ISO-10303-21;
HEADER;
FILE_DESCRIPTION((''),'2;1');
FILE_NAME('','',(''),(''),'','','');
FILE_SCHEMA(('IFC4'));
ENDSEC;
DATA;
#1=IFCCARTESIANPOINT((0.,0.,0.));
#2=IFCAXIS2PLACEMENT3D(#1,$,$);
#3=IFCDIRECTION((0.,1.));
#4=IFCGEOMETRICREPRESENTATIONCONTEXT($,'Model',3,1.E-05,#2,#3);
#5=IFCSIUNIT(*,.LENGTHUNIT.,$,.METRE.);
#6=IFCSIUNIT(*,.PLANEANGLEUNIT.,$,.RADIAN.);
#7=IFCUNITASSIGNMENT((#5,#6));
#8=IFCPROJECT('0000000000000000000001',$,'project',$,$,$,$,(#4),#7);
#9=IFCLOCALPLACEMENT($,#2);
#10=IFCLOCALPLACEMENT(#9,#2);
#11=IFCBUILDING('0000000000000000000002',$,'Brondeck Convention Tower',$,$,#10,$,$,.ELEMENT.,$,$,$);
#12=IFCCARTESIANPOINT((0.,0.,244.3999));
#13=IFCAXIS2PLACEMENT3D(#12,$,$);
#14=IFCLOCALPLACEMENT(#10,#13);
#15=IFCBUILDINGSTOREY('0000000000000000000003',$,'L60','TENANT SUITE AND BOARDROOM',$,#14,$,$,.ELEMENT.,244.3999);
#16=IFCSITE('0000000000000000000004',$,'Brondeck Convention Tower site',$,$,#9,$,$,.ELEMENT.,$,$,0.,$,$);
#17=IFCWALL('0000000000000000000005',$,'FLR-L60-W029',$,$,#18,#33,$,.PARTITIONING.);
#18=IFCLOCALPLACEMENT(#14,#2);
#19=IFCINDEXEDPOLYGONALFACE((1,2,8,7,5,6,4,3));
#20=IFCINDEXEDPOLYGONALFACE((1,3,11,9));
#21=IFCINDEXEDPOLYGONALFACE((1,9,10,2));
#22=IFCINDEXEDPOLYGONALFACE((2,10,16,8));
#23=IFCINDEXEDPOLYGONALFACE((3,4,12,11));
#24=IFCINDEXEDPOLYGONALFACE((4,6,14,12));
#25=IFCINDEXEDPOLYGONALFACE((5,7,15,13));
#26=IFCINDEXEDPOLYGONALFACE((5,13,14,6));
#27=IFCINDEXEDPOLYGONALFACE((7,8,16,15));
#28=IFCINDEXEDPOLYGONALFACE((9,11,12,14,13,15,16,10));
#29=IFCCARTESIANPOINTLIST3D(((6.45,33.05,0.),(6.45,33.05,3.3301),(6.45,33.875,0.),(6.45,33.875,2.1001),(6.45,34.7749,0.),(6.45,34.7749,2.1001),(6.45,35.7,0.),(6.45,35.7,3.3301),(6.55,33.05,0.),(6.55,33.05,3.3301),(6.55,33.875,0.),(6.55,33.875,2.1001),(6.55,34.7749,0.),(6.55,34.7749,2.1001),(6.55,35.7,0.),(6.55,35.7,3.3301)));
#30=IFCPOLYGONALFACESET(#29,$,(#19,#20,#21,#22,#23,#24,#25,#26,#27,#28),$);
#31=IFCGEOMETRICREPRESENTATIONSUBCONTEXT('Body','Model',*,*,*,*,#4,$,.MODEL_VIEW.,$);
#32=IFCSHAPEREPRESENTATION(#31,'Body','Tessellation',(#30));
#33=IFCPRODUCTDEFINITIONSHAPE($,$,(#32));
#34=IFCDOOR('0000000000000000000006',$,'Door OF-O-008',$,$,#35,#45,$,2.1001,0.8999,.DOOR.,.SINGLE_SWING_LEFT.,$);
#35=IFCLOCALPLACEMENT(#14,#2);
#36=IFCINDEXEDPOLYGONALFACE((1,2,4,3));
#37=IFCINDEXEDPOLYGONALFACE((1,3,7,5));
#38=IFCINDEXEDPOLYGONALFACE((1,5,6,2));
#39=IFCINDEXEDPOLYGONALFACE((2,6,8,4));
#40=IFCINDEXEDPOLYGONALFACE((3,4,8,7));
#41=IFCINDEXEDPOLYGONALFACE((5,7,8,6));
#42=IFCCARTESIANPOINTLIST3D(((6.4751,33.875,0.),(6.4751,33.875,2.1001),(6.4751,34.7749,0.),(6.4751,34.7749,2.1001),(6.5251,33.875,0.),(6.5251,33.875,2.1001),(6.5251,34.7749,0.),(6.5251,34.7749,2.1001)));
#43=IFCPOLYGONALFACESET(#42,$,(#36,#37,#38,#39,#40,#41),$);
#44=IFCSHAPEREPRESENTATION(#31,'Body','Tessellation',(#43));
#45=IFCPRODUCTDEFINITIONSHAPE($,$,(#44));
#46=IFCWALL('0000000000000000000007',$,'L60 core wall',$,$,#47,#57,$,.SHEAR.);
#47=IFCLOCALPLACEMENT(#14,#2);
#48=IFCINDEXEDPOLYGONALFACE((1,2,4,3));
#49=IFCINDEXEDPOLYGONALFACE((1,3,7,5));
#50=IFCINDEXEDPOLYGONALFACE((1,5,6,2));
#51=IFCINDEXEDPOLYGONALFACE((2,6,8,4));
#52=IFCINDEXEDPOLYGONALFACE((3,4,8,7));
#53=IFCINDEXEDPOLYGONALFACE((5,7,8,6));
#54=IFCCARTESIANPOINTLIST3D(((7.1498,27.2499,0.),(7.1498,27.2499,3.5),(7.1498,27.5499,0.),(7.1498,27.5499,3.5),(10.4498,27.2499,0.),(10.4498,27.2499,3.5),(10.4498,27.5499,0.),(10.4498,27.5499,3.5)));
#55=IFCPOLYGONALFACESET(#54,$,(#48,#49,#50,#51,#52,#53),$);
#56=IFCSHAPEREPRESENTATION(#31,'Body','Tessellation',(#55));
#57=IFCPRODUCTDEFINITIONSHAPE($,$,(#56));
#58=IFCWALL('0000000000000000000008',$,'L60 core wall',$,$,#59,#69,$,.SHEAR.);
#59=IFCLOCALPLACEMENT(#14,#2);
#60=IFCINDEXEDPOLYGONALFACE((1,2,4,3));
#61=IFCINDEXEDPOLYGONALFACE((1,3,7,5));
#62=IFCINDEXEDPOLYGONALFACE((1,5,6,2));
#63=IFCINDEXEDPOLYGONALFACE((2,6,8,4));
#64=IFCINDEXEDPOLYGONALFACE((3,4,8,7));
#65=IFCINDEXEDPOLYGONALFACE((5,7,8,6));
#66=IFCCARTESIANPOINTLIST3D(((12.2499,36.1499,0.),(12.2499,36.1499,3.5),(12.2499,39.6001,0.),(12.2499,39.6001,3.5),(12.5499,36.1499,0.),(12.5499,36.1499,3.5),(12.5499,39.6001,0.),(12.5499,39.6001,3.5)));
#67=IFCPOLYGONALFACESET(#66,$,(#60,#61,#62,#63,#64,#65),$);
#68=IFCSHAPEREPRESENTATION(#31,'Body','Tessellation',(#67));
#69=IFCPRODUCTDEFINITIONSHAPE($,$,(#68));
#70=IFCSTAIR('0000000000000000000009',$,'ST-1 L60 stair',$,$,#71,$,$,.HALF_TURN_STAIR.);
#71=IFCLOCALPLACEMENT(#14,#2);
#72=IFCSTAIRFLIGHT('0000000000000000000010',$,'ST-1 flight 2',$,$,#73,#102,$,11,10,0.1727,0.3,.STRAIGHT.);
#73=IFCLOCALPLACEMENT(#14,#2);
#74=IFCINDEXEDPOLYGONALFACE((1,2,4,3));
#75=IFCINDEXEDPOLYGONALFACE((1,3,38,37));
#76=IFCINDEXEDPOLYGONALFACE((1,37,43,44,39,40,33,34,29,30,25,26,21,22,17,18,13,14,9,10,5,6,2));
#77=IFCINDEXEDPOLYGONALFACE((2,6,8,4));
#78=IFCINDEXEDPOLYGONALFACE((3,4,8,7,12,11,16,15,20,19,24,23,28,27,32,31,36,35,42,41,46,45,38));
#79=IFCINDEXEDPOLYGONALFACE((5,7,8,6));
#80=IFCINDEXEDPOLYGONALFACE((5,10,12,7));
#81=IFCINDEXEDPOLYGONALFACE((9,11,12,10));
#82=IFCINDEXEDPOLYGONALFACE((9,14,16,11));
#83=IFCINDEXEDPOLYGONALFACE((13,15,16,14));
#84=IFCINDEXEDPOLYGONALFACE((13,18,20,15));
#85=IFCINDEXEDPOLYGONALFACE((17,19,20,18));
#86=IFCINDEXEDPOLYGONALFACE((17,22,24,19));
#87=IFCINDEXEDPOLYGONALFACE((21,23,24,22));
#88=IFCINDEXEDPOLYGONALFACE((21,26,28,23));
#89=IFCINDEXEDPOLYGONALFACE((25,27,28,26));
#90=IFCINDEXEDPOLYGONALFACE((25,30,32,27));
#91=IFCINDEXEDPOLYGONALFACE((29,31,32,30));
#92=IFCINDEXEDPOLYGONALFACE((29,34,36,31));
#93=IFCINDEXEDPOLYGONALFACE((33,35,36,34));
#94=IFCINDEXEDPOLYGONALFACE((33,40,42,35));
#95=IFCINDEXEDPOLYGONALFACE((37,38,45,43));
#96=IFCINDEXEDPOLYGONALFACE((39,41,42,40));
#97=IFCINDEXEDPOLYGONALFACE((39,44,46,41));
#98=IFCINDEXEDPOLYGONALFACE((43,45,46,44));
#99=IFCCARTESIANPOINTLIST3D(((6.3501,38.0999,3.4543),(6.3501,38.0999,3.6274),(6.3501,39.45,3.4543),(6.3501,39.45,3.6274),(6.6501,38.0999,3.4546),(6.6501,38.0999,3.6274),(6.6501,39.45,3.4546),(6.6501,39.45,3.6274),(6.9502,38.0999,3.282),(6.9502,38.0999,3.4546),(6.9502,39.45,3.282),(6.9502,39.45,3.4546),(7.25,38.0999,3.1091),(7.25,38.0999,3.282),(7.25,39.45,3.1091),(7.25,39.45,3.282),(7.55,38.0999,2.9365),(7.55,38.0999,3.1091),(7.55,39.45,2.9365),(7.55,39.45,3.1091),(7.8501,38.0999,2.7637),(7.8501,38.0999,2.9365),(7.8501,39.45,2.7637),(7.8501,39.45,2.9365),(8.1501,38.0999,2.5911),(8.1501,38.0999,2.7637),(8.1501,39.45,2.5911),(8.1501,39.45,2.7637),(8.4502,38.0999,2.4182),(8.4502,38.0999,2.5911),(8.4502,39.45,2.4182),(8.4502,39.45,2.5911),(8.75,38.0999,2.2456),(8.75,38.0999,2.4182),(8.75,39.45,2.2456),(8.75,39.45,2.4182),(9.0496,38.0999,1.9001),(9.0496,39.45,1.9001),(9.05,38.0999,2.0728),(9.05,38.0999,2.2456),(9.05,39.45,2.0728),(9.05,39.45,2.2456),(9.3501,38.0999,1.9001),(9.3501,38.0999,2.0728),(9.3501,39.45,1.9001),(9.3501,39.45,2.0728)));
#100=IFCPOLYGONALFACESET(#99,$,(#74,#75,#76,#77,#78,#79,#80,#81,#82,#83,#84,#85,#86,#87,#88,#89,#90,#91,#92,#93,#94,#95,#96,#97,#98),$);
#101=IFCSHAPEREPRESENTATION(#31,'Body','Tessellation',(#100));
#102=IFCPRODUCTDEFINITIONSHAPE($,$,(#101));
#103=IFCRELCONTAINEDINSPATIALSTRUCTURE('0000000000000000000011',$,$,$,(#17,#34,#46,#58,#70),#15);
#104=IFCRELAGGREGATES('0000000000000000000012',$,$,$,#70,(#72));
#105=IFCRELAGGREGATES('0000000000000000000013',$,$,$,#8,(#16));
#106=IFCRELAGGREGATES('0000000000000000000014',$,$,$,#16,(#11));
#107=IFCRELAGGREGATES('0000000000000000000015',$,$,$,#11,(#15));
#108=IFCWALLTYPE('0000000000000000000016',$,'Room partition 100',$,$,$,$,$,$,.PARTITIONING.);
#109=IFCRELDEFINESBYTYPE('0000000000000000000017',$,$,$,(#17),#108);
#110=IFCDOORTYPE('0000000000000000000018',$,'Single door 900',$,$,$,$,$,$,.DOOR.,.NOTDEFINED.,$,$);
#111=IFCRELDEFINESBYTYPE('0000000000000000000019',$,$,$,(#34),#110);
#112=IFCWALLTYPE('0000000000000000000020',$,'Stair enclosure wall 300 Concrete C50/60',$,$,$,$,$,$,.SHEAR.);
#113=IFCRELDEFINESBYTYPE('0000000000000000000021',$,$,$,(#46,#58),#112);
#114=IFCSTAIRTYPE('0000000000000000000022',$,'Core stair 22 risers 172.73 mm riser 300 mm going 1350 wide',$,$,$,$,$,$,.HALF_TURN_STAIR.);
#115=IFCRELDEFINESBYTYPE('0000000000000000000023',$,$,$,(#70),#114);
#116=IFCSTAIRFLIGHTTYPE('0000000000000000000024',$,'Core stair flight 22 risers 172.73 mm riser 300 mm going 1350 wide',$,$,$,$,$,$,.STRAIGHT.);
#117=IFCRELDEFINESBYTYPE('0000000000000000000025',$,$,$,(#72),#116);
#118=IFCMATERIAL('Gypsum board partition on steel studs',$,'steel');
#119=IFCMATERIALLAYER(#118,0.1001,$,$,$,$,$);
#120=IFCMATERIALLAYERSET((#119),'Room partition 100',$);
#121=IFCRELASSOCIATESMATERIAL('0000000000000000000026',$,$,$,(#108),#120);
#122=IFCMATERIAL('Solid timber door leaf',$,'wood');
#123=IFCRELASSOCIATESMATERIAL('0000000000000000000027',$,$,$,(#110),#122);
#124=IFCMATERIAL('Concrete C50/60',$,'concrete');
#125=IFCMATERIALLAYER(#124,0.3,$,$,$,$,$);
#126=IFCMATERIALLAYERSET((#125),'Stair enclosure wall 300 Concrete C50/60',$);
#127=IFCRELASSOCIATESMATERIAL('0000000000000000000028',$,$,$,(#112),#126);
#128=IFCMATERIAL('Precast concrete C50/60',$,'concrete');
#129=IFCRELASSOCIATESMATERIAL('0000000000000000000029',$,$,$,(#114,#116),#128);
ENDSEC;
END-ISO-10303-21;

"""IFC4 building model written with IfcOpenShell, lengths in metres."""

from ifc_helpers import new_model, si_unit, direction, frame, frame_2d, origin, place, context, subcontext, project, spatial, polyline, rectangle, outline, extrude, material, layer, layer_set, type_object, element, fill, aggregate, save


model = new_model("IFC4")

# Units and contexts
model_context = context("Model", 3, precision=1e-05, world=origin(), true_north=direction((0.0, 1.0)))
body_context = subcontext(model_context, "Body", "Model", "MODEL_VIEW")
ifc_project = project(units=[si_unit("LENGTHUNIT", "METRE"), si_unit("PLANEANGLEUNIT", "RADIAN")], contexts=[model_context])

# Site, building, storey
site_placement = place(None, origin())
site = spatial("IfcSite", under=ifc_project, at=site_placement, Name="Brondeck Convention Tower site", CompositionType="ELEMENT", RefElevation=0.0)
building_placement = place(site_placement, origin())
building = spatial("IfcBuilding", under=site, at=building_placement, Name="Brondeck Convention Tower", CompositionType="ELEMENT")
storey_placement = place(building_placement, frame((0.0, 0.0, 244.3999)))
storey = spatial("IfcBuildingStorey", under=building, at=storey_placement, Name="L60", Description="TENANT SUITE AND BOARDROOM", CompositionType="ELEMENT", Elevation=244.3999)

# Shared definitions
ifc_material_1 = material(Name="Concrete C50/60", Category="concrete")

# Shared definitions
ifc_material_2 = material(Name="Gypsum board partition on steel studs", Category="steel")
ifc_layer_1 = layer(ifc_material_2, 0.1001)
ifc_layer_set_1 = layer_set([ifc_layer_1], Name="Room partition 100")
wall_type_1 = type_object("IfcWallType", Name="Room partition 100", PredefinedType="PARTITIONING", material=ifc_layer_set_1)

# Wall, opening, door
wall_1_placement = place(storey_placement, frame((6.5, 33.05, 0.0), z_axis=(0.0, 0.0, 1.0), x_axis=(0.0, 1.0, 0.0)))
wall_1 = element("IfcWall", 1, at=wall_1_placement, inside=storey, type_object=wall_type_1, Name="FLR-L60-W029", PredefinedType="PARTITIONING", context=body_context, shape_type="SweptSolid", body=[
    extrude(rectangle(XDim=2.6499, YDim=0.1001, at=frame_2d((1.325, 0.0))), origin(), (0.0, 0.0, 1.0), 3.3301),
])
opening_1_placement = place(wall_1_placement, frame((0.825, 0.0, 0.0)))
opening_1 = element("IfcOpeningElement", 2, at=opening_1_placement, cuts=wall_1, PredefinedType="OPENING", context=body_context, shape_type="SweptSolid", body=[
    extrude(rectangle(XDim=0.8999, YDim=2.1001, at=frame_2d((0.45, 1.05))), frame((0.0, 0.0601, 0.0), z_axis=(0.0, -1.0, 0.0), x_axis=(1.0, 0.0, 0.0)), (0.0, 0.0, 1.0), 0.1201),
])
ifc_material_3 = material(Name="Solid timber door leaf", Category="wood")
door_type_1 = type_object("IfcDoorType", Name="Single door 900", OperationType="NOTDEFINED", PredefinedType="DOOR", material=ifc_material_3)
door_1_placement = place(opening_1_placement, origin())
door_1 = element("IfcDoor", 3, at=door_1_placement, inside=storey, type_object=door_type_1, Name="Door OF-O-008", OperationType="SINGLE_SWING_LEFT", OverallHeight=2.1001, OverallWidth=0.8999, PredefinedType="DOOR", context=body_context, shape_type="SweptSolid", body=[
    extrude(rectangle(XDim=0.8999, YDim=2.1001, at=frame_2d((0.45, 1.05))), frame((0.0, 0.0249, 0.0), z_axis=(0.0, -1.0, 0.0), x_axis=(1.0, 0.0, 0.0)), (0.0, 0.0, 1.0), 0.05),
])
fill(opening_1, door_1)

# Walls
ifc_layer_2 = layer(ifc_material_1, 0.3)
ifc_layer_set_2 = layer_set([ifc_layer_2], Name="Stair enclosure wall 300 Concrete C50/60")
wall_type_2 = type_object("IfcWallType", Name="Stair enclosure wall 300 Concrete C50/60", PredefinedType="SHEAR", material=ifc_layer_set_2)
wall_2_placement = place(storey_placement, frame((7.1499, 27.3999, 0.0), z_axis=(0.0, 0.0, 1.0), x_axis=(1.0, 0.0, 0.0)))
element("IfcWall", 4, at=wall_2_placement, inside=storey, type_object=wall_type_2, Name="L60 core wall", PredefinedType="SHEAR", context=body_context, shape_type="SweptSolid", body=[
    extrude(rectangle(XDim=3.3, YDim=0.3, at=frame_2d((1.6499, 0.0))), origin(), (0.0, 0.0, 1.0), 3.5),
])
wall_3_placement = place(storey_placement, frame((12.3999, 36.1499, 0.0), z_axis=(0.0, 0.0, 1.0), x_axis=(0.0, 1.0, 0.0)))
element("IfcWall", 5, at=wall_3_placement, inside=storey, type_object=wall_type_2, Name="L60 core wall", PredefinedType="SHEAR", context=body_context, shape_type="SweptSolid", body=[
    extrude(rectangle(XDim=3.4502, YDim=0.3, at=frame_2d((1.7251, 0.0))), origin(), (0.0, 0.0, 1.0), 3.5),
])

# Stair, stair flight
ifc_material_4 = material(Name="Precast concrete C50/60", Category="concrete")
stair_type = type_object("IfcStairType", Name="Core stair 22 risers 172.73 mm riser 300 mm going 1350 wide", PredefinedType="HALF_TURN_STAIR", material=ifc_material_4)
stair_placement = place(storey_placement, origin())
stair = element("IfcStair", 6, at=stair_placement, inside=storey, type_object=stair_type, Name="ST-1 L60 stair", PredefinedType="HALF_TURN_STAIR")
stair_flight_type = type_object("IfcStairFlightType", Name="Core stair flight 22 risers 172.73 mm riser 300 mm going 1350 wide", PredefinedType="STRAIGHT", material=ifc_material_4)
stair_flight_placement = place(storey_placement, frame((9.3501, 38.7749, 1.9001), z_axis=(0.0, 0.0, 1.0), x_axis=(-1.0, 0.0, 0.0)))
stair_flight = element("IfcStairFlight", 7, at=stair_flight_placement, type_object=stair_flight_type, Name="ST-1 flight 2", NumberOfRisers=11, NumberOfTreads=10, PredefinedType="STRAIGHT", RiserHeight=0.1727, TreadLength=0.3, context=body_context, shape_type="SweptSolid", body=[
    extrude(outline(polyline([(0.0, 0.0), (0.0, 0.1726), (0.3, 0.1726), (0.3, 0.3455), (0.6001, 0.3455), (0.6001, 0.5181), (0.8999, 0.5181), (0.8999, 0.6909), (1.2, 0.6909), (1.2, 0.8635), (1.5, 0.8635), (1.5, 1.0364), (1.8, 1.0364), (1.8, 1.209), (2.1001, 1.209), (2.1001, 1.3818), (2.3999, 1.3818), (2.3999, 1.5544), (2.7, 1.5544), (2.7, 1.7273), (3.0, 1.7273), (3.0, 1.8999), (3.0, 1.5542), (0.3005, 0.0), (0.0, 0.0)])), frame((0.0, 0.675, 0.0), z_axis=(0.0, -1.0, 0.0), x_axis=(1.0, 0.0, 0.0)), (0.0, 0.0, 1.0), 1.3501),
])
aggregate(stair, [stair_flight])

save(model, "model.ifc")
